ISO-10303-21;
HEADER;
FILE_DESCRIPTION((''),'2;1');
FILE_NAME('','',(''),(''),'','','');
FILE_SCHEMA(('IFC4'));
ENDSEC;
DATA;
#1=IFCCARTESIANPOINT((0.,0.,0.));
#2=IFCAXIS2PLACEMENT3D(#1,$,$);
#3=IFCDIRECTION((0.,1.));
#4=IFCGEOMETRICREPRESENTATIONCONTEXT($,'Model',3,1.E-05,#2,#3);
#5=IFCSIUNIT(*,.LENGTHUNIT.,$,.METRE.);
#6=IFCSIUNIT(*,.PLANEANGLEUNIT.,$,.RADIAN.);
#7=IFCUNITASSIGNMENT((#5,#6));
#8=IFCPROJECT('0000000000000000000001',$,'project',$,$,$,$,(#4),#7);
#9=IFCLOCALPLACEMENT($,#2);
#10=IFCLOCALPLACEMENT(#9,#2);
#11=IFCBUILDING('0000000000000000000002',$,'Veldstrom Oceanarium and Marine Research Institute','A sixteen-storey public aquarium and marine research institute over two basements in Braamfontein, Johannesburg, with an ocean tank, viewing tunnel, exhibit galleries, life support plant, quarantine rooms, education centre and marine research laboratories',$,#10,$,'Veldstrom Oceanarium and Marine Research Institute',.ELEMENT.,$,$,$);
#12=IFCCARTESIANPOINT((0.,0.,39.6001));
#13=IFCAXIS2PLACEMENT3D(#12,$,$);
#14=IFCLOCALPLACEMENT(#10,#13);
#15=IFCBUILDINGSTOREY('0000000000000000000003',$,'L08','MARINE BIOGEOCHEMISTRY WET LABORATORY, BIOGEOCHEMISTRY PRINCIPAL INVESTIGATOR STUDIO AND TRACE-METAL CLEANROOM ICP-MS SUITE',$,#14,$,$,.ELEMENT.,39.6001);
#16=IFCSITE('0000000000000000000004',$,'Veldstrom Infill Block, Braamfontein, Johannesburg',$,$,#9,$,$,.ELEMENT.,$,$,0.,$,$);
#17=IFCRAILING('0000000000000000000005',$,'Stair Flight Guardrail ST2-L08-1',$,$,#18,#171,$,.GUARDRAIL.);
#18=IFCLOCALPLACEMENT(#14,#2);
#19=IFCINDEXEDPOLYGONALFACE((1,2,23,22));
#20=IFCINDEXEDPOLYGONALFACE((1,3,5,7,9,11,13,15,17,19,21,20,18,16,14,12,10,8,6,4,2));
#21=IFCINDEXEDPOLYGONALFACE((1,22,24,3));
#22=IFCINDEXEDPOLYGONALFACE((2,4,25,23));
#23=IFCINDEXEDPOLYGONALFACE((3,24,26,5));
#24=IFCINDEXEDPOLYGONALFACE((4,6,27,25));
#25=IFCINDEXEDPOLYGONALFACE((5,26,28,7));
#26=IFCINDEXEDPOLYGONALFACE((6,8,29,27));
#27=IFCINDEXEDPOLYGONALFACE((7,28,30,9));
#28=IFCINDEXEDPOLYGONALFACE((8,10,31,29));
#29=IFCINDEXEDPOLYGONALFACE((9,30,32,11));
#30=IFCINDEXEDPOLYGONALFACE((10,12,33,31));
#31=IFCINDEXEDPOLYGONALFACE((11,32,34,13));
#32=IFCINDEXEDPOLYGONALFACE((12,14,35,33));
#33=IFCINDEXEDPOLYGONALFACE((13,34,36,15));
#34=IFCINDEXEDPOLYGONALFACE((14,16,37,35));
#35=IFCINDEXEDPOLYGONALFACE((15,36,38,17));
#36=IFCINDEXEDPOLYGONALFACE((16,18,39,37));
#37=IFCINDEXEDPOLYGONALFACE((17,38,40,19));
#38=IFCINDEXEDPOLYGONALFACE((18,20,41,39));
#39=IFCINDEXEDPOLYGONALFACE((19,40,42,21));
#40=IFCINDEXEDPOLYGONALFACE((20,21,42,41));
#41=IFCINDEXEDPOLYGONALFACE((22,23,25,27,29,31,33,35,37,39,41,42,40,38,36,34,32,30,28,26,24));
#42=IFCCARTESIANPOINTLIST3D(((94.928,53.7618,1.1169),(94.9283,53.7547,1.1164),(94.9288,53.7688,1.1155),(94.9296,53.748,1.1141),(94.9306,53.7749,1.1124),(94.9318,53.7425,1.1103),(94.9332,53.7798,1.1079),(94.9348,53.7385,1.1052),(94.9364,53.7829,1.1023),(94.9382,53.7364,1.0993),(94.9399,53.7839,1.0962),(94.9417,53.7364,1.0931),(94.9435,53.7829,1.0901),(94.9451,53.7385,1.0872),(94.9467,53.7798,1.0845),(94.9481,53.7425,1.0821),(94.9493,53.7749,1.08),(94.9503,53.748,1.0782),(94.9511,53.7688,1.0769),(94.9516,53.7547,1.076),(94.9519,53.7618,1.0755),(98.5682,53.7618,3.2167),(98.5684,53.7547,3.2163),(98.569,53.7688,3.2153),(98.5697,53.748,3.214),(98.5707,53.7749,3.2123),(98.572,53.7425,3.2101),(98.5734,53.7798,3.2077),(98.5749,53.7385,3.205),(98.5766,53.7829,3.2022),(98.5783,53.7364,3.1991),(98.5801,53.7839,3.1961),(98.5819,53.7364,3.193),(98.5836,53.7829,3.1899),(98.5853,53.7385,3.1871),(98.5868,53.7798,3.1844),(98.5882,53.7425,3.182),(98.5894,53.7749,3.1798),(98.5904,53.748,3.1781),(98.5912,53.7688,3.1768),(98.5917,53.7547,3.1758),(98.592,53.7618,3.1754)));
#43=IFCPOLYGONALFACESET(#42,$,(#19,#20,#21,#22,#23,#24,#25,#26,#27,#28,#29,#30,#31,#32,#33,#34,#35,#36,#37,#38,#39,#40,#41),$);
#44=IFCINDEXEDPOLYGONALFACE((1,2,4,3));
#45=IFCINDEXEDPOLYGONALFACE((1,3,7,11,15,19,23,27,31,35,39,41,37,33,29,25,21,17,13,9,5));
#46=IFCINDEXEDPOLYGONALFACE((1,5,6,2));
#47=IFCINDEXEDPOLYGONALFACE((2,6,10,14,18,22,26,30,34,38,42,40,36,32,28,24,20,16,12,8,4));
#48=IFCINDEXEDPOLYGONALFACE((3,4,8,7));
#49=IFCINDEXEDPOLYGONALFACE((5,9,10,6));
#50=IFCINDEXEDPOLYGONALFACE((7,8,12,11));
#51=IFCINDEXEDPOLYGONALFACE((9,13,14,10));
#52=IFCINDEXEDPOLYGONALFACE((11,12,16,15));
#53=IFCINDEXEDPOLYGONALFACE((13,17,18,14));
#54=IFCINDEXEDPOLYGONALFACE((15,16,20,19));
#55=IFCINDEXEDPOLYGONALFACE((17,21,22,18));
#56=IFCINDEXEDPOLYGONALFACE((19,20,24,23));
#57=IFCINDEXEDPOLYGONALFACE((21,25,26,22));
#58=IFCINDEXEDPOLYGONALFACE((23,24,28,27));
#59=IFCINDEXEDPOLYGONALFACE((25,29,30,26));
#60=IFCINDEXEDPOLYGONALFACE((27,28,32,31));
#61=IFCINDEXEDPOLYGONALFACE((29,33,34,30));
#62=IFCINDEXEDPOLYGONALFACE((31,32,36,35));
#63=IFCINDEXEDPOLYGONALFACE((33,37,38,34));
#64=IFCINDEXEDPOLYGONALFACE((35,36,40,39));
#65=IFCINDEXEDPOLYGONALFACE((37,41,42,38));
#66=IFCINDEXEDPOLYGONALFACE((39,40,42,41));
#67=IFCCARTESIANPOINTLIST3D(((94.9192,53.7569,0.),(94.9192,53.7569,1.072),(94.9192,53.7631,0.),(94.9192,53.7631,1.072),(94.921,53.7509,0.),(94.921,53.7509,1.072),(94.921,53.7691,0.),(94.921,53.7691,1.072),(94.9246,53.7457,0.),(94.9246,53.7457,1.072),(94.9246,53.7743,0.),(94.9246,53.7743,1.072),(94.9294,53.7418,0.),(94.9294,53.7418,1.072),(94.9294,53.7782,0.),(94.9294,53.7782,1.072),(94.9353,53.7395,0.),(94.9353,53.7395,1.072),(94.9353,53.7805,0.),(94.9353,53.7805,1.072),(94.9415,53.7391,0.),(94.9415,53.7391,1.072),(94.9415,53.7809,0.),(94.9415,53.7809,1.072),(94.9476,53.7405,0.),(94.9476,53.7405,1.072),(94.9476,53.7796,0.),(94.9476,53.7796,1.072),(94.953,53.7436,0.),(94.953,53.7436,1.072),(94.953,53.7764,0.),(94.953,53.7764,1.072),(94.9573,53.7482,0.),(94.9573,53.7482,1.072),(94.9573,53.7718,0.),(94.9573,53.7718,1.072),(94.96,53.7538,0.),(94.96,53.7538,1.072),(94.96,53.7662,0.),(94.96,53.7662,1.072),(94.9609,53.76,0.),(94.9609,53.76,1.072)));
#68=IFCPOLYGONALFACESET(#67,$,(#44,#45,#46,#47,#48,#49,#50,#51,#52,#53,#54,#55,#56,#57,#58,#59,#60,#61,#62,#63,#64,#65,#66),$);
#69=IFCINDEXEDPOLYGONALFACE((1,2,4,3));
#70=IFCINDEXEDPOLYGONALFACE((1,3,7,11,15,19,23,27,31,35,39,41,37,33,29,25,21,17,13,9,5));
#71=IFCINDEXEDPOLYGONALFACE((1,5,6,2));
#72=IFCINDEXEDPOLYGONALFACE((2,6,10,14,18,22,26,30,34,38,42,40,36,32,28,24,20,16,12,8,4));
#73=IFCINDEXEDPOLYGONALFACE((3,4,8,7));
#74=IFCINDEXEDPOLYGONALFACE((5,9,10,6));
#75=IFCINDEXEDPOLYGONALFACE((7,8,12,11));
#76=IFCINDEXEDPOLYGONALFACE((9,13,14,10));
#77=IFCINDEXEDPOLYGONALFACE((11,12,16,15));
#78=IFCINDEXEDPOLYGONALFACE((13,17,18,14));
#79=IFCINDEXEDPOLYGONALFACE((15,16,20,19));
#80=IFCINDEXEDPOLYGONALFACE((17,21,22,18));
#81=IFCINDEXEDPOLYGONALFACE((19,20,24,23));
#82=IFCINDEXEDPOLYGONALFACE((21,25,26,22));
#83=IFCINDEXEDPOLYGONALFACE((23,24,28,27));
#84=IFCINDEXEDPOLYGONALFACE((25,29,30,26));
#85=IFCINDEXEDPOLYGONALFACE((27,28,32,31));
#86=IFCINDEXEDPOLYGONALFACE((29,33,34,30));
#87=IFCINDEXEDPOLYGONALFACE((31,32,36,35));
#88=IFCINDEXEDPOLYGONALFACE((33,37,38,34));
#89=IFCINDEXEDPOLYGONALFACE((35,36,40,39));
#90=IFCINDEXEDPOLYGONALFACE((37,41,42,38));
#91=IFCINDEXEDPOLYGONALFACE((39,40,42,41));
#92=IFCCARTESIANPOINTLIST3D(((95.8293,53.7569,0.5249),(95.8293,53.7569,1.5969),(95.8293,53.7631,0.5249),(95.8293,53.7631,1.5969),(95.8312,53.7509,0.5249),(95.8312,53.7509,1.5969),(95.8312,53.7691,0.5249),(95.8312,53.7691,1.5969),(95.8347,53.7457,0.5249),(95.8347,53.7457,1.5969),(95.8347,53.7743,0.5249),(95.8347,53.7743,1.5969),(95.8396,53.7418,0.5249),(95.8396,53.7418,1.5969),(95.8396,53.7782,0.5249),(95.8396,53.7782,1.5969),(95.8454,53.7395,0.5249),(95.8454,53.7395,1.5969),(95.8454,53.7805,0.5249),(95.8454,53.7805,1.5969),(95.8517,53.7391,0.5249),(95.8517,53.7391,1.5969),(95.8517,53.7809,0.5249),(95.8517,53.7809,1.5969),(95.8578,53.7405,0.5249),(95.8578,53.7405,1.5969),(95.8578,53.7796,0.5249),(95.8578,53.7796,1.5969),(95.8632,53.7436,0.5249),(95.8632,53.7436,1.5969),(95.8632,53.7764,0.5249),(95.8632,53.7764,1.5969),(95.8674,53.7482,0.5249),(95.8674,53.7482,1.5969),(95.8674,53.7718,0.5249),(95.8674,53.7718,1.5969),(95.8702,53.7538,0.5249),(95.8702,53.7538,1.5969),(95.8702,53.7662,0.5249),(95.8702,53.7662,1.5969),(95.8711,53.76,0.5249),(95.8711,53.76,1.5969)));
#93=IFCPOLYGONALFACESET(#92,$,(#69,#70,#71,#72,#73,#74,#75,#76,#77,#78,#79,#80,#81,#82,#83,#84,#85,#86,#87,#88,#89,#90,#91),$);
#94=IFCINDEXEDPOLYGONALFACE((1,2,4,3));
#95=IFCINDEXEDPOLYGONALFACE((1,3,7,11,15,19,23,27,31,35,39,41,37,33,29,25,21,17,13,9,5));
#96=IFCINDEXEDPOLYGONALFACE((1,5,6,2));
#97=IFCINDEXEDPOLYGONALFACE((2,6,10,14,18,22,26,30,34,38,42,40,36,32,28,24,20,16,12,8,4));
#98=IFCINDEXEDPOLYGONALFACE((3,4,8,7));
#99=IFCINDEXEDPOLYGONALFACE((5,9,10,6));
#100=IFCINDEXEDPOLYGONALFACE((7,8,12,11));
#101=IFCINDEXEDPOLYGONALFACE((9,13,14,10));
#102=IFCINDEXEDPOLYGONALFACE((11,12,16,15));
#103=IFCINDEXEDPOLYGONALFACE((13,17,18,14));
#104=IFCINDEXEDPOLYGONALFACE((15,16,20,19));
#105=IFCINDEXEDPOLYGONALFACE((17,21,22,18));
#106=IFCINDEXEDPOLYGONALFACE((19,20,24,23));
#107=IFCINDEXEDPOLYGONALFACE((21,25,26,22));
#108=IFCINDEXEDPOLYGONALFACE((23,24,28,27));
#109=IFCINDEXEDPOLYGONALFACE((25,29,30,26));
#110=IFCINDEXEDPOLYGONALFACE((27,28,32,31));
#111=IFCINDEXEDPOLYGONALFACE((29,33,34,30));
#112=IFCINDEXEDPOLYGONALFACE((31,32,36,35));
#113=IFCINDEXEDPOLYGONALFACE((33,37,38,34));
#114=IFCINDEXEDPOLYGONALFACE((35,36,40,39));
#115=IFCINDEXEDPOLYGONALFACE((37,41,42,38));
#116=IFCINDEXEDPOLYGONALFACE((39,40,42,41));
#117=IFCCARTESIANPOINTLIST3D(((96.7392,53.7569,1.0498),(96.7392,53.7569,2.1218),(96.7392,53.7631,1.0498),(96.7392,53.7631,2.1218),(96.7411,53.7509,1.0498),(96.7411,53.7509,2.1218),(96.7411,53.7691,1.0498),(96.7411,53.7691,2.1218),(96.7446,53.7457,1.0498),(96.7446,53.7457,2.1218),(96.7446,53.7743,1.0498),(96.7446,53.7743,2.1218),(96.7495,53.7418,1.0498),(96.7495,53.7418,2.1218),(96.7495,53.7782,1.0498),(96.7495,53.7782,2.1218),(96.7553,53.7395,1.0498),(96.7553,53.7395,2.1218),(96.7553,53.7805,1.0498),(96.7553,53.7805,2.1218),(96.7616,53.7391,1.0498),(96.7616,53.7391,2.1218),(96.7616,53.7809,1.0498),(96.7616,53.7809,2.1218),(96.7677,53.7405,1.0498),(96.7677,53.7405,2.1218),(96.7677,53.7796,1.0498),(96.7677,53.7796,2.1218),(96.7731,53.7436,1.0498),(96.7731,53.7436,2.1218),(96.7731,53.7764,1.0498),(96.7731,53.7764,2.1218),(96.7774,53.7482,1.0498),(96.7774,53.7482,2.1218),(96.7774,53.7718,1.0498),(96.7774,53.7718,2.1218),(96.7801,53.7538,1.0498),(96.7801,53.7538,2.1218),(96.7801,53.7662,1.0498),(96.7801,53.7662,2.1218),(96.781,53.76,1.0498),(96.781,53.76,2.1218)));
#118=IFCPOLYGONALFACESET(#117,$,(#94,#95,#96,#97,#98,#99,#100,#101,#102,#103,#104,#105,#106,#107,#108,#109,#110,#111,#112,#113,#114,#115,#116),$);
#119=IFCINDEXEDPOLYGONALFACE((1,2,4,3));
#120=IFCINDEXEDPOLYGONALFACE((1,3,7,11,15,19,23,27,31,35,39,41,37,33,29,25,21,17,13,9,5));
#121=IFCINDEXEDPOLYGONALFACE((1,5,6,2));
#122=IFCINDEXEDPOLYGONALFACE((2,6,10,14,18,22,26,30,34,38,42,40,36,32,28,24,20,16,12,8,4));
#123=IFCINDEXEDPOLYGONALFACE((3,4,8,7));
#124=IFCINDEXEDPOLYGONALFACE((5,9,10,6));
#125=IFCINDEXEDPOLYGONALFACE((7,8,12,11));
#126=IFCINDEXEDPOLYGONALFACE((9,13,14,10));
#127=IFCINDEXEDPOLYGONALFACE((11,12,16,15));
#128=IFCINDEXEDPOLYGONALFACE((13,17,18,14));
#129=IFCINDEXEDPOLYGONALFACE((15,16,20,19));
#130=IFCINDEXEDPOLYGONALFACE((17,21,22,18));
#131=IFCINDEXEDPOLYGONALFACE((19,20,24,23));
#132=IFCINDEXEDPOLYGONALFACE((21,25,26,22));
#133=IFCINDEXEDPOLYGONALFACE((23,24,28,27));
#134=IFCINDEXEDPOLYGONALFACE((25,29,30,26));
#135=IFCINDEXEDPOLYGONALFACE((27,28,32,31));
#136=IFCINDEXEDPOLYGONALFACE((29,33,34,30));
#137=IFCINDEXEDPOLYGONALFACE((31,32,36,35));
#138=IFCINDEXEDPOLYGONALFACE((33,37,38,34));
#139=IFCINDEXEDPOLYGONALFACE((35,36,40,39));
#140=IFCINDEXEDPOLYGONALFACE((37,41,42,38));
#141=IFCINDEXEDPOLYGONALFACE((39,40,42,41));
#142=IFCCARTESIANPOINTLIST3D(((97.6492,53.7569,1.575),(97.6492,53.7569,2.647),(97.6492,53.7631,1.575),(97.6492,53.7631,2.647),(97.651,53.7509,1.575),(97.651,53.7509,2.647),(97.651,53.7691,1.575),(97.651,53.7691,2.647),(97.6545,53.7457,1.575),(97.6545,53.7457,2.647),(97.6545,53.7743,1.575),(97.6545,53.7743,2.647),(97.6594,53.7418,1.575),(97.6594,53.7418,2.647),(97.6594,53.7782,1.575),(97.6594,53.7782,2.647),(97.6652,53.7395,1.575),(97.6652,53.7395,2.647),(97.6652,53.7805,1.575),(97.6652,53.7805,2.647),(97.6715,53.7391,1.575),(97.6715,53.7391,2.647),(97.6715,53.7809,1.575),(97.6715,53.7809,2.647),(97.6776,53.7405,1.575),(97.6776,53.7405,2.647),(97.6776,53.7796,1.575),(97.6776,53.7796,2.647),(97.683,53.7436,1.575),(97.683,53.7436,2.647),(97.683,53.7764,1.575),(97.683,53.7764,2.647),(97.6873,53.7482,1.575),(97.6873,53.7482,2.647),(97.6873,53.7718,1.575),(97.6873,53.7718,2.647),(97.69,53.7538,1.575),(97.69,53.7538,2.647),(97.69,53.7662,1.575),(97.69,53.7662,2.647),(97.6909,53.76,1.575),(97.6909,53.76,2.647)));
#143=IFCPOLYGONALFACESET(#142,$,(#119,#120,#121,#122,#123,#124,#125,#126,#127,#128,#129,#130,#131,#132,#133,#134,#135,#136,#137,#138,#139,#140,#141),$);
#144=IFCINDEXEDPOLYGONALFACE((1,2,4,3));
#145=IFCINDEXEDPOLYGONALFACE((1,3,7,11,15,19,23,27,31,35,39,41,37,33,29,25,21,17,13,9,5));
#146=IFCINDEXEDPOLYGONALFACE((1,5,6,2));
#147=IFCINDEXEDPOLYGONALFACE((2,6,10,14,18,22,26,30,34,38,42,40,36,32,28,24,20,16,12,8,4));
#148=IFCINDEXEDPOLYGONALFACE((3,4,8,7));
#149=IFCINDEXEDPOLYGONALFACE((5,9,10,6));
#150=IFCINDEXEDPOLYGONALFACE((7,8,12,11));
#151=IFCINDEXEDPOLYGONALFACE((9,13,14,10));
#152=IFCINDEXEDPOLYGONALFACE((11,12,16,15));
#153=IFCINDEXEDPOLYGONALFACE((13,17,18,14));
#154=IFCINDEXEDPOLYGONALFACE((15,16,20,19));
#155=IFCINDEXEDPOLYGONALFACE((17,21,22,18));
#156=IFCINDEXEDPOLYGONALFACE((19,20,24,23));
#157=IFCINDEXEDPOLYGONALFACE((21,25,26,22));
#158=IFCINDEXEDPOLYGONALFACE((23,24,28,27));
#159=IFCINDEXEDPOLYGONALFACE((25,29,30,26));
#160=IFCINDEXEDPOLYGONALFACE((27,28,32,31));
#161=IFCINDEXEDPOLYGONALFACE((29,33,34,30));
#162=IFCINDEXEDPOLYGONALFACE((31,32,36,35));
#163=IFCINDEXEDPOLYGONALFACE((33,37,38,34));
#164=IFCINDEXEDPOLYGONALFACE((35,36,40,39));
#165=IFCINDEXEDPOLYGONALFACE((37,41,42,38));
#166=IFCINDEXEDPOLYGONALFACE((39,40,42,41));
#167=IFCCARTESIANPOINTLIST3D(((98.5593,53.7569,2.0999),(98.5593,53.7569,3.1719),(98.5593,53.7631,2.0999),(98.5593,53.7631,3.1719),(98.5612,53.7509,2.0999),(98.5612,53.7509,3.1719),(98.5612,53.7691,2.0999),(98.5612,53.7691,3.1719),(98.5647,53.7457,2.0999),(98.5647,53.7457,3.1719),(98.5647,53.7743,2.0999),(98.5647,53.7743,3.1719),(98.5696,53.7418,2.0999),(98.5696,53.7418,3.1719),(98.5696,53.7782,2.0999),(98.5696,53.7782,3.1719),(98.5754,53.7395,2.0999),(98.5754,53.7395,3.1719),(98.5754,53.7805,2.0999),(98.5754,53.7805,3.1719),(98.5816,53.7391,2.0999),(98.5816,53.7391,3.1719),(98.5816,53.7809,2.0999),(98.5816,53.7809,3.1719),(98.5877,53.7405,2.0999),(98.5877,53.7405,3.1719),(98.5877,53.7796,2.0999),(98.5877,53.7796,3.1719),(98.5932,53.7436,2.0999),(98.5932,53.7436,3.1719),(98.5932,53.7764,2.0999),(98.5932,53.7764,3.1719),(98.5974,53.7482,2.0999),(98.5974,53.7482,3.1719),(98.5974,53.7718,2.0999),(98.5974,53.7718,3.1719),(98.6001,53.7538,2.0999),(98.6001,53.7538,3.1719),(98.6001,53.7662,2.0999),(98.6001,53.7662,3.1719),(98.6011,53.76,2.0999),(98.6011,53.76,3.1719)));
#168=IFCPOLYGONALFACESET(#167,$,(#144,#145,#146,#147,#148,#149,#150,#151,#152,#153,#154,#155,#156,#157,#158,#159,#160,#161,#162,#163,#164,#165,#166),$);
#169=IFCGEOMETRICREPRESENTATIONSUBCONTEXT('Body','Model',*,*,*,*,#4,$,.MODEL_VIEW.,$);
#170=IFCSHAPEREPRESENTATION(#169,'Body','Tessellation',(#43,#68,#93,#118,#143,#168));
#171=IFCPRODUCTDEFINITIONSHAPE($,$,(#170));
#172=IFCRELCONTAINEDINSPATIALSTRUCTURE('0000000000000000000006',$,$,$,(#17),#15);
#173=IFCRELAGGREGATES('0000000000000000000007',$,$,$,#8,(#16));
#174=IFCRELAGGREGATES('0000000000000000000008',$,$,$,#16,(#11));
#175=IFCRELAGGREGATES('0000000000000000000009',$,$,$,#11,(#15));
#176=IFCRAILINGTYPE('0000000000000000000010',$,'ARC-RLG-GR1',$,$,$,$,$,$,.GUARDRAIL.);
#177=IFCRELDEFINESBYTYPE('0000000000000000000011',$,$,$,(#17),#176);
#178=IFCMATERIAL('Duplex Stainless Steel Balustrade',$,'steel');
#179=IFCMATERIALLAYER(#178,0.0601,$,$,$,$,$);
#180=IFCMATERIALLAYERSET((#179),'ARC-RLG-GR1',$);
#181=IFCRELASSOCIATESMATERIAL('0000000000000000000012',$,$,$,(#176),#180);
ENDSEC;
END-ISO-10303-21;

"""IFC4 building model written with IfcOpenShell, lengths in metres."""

from ifc_helpers import new_model, si_unit, direction, frame, origin, origin_2d, place, context, subcontext, project, spatial, circle, extrude, material, layer, layer_set, type_object, element, save


model = new_model("IFC4")

# Units and contexts
model_context = context("Model", 3, precision=1e-05, world=origin(), true_north=direction((0.0, 1.0)))
body_context = subcontext(model_context, "Body", "Model", "MODEL_VIEW")
ifc_project = project(units=[si_unit("LENGTHUNIT", "METRE"), si_unit("PLANEANGLEUNIT", "RADIAN")], contexts=[model_context])

# Site, building, storey
site_placement = place(None, origin())
site = spatial("IfcSite", under=ifc_project, at=site_placement, Name="Veldstrom Infill Block, Braamfontein, Johannesburg", CompositionType="ELEMENT", RefElevation=0.0)
building_placement = place(site_placement, origin())
building = spatial("IfcBuilding", under=site, at=building_placement, Name="Veldstrom Oceanarium and Marine Research Institute", Description="A sixteen-storey public aquarium and marine research institute over two basements in Braamfontein, Johannesburg, with an ocean tank, viewing tunnel, exhibit galleries, life support plant, quarantine rooms, education centre and marine research laboratories", LongName="Veldstrom Oceanarium and Marine Research Institute", CompositionType="ELEMENT")
storey_placement = place(building_placement, frame((0.0, 0.0, 39.6001)))
storey = spatial("IfcBuildingStorey", under=building, at=storey_placement, Name="L08", Description="MARINE BIOGEOCHEMISTRY WET LABORATORY, BIOGEOCHEMISTRY PRINCIPAL INVESTIGATOR STUDIO AND TRACE-METAL CLEANROOM ICP-MS SUITE", CompositionType="ELEMENT", Elevation=39.6001)

# Railing
ifc_material_1 = material(Name="Duplex Stainless Steel Balustrade", Category="steel")
ifc_layer_1 = layer(ifc_material_1, 0.0601)
ifc_layer_set_1 = layer_set([ifc_layer_1], Name="ARC-RLG-GR1")
railing_type_1 = type_object("IfcRailingType", Name="ARC-RLG-GR1", PredefinedType="GUARDRAIL", material=ifc_layer_set_1)
railing_1_placement = place(storey_placement, frame((94.9399, 53.76, 0.0)))
element("IfcRailing", 1, at=railing_1_placement, inside=storey, type_object=railing_type_1, Name="Stair Flight Guardrail ST2-L08-1", PredefinedType="GUARDRAIL", context=body_context, shape_type="SweptSolid", body=[
    extrude(circle(Radius=0.0239, at=origin_2d()), frame((0.0, 0.0, 1.0962), z_axis=(0.866209, 0.0, 0.499682), x_axis=(0.0, 1.0, 0.0)), (0.0, 0.0, 1.0), 4.2024),
    extrude(circle(Radius=0.021, at=origin_2d()), origin(), (0.0, 0.0, 1.0), 1.072),
    extrude(circle(Radius=0.021, at=origin_2d()), frame((0.9102, 0.0, 0.5249)), (0.0, 0.0, 1.0), 1.072),
    extrude(circle(Radius=0.021, at=origin_2d()), frame((1.8201, 0.0, 1.0498)), (0.0, 0.0, 1.0), 1.072),
    extrude(circle(Radius=0.021, at=origin_2d()), frame((2.73, 0.0, 1.575)), (0.0, 0.0, 1.0), 1.072),
    extrude(circle(Radius=0.021, at=origin_2d()), frame((3.6401, 0.0, 2.0999)), (0.0, 0.0, 1.0), 1.072),
])

save(model, "model.ifc")
